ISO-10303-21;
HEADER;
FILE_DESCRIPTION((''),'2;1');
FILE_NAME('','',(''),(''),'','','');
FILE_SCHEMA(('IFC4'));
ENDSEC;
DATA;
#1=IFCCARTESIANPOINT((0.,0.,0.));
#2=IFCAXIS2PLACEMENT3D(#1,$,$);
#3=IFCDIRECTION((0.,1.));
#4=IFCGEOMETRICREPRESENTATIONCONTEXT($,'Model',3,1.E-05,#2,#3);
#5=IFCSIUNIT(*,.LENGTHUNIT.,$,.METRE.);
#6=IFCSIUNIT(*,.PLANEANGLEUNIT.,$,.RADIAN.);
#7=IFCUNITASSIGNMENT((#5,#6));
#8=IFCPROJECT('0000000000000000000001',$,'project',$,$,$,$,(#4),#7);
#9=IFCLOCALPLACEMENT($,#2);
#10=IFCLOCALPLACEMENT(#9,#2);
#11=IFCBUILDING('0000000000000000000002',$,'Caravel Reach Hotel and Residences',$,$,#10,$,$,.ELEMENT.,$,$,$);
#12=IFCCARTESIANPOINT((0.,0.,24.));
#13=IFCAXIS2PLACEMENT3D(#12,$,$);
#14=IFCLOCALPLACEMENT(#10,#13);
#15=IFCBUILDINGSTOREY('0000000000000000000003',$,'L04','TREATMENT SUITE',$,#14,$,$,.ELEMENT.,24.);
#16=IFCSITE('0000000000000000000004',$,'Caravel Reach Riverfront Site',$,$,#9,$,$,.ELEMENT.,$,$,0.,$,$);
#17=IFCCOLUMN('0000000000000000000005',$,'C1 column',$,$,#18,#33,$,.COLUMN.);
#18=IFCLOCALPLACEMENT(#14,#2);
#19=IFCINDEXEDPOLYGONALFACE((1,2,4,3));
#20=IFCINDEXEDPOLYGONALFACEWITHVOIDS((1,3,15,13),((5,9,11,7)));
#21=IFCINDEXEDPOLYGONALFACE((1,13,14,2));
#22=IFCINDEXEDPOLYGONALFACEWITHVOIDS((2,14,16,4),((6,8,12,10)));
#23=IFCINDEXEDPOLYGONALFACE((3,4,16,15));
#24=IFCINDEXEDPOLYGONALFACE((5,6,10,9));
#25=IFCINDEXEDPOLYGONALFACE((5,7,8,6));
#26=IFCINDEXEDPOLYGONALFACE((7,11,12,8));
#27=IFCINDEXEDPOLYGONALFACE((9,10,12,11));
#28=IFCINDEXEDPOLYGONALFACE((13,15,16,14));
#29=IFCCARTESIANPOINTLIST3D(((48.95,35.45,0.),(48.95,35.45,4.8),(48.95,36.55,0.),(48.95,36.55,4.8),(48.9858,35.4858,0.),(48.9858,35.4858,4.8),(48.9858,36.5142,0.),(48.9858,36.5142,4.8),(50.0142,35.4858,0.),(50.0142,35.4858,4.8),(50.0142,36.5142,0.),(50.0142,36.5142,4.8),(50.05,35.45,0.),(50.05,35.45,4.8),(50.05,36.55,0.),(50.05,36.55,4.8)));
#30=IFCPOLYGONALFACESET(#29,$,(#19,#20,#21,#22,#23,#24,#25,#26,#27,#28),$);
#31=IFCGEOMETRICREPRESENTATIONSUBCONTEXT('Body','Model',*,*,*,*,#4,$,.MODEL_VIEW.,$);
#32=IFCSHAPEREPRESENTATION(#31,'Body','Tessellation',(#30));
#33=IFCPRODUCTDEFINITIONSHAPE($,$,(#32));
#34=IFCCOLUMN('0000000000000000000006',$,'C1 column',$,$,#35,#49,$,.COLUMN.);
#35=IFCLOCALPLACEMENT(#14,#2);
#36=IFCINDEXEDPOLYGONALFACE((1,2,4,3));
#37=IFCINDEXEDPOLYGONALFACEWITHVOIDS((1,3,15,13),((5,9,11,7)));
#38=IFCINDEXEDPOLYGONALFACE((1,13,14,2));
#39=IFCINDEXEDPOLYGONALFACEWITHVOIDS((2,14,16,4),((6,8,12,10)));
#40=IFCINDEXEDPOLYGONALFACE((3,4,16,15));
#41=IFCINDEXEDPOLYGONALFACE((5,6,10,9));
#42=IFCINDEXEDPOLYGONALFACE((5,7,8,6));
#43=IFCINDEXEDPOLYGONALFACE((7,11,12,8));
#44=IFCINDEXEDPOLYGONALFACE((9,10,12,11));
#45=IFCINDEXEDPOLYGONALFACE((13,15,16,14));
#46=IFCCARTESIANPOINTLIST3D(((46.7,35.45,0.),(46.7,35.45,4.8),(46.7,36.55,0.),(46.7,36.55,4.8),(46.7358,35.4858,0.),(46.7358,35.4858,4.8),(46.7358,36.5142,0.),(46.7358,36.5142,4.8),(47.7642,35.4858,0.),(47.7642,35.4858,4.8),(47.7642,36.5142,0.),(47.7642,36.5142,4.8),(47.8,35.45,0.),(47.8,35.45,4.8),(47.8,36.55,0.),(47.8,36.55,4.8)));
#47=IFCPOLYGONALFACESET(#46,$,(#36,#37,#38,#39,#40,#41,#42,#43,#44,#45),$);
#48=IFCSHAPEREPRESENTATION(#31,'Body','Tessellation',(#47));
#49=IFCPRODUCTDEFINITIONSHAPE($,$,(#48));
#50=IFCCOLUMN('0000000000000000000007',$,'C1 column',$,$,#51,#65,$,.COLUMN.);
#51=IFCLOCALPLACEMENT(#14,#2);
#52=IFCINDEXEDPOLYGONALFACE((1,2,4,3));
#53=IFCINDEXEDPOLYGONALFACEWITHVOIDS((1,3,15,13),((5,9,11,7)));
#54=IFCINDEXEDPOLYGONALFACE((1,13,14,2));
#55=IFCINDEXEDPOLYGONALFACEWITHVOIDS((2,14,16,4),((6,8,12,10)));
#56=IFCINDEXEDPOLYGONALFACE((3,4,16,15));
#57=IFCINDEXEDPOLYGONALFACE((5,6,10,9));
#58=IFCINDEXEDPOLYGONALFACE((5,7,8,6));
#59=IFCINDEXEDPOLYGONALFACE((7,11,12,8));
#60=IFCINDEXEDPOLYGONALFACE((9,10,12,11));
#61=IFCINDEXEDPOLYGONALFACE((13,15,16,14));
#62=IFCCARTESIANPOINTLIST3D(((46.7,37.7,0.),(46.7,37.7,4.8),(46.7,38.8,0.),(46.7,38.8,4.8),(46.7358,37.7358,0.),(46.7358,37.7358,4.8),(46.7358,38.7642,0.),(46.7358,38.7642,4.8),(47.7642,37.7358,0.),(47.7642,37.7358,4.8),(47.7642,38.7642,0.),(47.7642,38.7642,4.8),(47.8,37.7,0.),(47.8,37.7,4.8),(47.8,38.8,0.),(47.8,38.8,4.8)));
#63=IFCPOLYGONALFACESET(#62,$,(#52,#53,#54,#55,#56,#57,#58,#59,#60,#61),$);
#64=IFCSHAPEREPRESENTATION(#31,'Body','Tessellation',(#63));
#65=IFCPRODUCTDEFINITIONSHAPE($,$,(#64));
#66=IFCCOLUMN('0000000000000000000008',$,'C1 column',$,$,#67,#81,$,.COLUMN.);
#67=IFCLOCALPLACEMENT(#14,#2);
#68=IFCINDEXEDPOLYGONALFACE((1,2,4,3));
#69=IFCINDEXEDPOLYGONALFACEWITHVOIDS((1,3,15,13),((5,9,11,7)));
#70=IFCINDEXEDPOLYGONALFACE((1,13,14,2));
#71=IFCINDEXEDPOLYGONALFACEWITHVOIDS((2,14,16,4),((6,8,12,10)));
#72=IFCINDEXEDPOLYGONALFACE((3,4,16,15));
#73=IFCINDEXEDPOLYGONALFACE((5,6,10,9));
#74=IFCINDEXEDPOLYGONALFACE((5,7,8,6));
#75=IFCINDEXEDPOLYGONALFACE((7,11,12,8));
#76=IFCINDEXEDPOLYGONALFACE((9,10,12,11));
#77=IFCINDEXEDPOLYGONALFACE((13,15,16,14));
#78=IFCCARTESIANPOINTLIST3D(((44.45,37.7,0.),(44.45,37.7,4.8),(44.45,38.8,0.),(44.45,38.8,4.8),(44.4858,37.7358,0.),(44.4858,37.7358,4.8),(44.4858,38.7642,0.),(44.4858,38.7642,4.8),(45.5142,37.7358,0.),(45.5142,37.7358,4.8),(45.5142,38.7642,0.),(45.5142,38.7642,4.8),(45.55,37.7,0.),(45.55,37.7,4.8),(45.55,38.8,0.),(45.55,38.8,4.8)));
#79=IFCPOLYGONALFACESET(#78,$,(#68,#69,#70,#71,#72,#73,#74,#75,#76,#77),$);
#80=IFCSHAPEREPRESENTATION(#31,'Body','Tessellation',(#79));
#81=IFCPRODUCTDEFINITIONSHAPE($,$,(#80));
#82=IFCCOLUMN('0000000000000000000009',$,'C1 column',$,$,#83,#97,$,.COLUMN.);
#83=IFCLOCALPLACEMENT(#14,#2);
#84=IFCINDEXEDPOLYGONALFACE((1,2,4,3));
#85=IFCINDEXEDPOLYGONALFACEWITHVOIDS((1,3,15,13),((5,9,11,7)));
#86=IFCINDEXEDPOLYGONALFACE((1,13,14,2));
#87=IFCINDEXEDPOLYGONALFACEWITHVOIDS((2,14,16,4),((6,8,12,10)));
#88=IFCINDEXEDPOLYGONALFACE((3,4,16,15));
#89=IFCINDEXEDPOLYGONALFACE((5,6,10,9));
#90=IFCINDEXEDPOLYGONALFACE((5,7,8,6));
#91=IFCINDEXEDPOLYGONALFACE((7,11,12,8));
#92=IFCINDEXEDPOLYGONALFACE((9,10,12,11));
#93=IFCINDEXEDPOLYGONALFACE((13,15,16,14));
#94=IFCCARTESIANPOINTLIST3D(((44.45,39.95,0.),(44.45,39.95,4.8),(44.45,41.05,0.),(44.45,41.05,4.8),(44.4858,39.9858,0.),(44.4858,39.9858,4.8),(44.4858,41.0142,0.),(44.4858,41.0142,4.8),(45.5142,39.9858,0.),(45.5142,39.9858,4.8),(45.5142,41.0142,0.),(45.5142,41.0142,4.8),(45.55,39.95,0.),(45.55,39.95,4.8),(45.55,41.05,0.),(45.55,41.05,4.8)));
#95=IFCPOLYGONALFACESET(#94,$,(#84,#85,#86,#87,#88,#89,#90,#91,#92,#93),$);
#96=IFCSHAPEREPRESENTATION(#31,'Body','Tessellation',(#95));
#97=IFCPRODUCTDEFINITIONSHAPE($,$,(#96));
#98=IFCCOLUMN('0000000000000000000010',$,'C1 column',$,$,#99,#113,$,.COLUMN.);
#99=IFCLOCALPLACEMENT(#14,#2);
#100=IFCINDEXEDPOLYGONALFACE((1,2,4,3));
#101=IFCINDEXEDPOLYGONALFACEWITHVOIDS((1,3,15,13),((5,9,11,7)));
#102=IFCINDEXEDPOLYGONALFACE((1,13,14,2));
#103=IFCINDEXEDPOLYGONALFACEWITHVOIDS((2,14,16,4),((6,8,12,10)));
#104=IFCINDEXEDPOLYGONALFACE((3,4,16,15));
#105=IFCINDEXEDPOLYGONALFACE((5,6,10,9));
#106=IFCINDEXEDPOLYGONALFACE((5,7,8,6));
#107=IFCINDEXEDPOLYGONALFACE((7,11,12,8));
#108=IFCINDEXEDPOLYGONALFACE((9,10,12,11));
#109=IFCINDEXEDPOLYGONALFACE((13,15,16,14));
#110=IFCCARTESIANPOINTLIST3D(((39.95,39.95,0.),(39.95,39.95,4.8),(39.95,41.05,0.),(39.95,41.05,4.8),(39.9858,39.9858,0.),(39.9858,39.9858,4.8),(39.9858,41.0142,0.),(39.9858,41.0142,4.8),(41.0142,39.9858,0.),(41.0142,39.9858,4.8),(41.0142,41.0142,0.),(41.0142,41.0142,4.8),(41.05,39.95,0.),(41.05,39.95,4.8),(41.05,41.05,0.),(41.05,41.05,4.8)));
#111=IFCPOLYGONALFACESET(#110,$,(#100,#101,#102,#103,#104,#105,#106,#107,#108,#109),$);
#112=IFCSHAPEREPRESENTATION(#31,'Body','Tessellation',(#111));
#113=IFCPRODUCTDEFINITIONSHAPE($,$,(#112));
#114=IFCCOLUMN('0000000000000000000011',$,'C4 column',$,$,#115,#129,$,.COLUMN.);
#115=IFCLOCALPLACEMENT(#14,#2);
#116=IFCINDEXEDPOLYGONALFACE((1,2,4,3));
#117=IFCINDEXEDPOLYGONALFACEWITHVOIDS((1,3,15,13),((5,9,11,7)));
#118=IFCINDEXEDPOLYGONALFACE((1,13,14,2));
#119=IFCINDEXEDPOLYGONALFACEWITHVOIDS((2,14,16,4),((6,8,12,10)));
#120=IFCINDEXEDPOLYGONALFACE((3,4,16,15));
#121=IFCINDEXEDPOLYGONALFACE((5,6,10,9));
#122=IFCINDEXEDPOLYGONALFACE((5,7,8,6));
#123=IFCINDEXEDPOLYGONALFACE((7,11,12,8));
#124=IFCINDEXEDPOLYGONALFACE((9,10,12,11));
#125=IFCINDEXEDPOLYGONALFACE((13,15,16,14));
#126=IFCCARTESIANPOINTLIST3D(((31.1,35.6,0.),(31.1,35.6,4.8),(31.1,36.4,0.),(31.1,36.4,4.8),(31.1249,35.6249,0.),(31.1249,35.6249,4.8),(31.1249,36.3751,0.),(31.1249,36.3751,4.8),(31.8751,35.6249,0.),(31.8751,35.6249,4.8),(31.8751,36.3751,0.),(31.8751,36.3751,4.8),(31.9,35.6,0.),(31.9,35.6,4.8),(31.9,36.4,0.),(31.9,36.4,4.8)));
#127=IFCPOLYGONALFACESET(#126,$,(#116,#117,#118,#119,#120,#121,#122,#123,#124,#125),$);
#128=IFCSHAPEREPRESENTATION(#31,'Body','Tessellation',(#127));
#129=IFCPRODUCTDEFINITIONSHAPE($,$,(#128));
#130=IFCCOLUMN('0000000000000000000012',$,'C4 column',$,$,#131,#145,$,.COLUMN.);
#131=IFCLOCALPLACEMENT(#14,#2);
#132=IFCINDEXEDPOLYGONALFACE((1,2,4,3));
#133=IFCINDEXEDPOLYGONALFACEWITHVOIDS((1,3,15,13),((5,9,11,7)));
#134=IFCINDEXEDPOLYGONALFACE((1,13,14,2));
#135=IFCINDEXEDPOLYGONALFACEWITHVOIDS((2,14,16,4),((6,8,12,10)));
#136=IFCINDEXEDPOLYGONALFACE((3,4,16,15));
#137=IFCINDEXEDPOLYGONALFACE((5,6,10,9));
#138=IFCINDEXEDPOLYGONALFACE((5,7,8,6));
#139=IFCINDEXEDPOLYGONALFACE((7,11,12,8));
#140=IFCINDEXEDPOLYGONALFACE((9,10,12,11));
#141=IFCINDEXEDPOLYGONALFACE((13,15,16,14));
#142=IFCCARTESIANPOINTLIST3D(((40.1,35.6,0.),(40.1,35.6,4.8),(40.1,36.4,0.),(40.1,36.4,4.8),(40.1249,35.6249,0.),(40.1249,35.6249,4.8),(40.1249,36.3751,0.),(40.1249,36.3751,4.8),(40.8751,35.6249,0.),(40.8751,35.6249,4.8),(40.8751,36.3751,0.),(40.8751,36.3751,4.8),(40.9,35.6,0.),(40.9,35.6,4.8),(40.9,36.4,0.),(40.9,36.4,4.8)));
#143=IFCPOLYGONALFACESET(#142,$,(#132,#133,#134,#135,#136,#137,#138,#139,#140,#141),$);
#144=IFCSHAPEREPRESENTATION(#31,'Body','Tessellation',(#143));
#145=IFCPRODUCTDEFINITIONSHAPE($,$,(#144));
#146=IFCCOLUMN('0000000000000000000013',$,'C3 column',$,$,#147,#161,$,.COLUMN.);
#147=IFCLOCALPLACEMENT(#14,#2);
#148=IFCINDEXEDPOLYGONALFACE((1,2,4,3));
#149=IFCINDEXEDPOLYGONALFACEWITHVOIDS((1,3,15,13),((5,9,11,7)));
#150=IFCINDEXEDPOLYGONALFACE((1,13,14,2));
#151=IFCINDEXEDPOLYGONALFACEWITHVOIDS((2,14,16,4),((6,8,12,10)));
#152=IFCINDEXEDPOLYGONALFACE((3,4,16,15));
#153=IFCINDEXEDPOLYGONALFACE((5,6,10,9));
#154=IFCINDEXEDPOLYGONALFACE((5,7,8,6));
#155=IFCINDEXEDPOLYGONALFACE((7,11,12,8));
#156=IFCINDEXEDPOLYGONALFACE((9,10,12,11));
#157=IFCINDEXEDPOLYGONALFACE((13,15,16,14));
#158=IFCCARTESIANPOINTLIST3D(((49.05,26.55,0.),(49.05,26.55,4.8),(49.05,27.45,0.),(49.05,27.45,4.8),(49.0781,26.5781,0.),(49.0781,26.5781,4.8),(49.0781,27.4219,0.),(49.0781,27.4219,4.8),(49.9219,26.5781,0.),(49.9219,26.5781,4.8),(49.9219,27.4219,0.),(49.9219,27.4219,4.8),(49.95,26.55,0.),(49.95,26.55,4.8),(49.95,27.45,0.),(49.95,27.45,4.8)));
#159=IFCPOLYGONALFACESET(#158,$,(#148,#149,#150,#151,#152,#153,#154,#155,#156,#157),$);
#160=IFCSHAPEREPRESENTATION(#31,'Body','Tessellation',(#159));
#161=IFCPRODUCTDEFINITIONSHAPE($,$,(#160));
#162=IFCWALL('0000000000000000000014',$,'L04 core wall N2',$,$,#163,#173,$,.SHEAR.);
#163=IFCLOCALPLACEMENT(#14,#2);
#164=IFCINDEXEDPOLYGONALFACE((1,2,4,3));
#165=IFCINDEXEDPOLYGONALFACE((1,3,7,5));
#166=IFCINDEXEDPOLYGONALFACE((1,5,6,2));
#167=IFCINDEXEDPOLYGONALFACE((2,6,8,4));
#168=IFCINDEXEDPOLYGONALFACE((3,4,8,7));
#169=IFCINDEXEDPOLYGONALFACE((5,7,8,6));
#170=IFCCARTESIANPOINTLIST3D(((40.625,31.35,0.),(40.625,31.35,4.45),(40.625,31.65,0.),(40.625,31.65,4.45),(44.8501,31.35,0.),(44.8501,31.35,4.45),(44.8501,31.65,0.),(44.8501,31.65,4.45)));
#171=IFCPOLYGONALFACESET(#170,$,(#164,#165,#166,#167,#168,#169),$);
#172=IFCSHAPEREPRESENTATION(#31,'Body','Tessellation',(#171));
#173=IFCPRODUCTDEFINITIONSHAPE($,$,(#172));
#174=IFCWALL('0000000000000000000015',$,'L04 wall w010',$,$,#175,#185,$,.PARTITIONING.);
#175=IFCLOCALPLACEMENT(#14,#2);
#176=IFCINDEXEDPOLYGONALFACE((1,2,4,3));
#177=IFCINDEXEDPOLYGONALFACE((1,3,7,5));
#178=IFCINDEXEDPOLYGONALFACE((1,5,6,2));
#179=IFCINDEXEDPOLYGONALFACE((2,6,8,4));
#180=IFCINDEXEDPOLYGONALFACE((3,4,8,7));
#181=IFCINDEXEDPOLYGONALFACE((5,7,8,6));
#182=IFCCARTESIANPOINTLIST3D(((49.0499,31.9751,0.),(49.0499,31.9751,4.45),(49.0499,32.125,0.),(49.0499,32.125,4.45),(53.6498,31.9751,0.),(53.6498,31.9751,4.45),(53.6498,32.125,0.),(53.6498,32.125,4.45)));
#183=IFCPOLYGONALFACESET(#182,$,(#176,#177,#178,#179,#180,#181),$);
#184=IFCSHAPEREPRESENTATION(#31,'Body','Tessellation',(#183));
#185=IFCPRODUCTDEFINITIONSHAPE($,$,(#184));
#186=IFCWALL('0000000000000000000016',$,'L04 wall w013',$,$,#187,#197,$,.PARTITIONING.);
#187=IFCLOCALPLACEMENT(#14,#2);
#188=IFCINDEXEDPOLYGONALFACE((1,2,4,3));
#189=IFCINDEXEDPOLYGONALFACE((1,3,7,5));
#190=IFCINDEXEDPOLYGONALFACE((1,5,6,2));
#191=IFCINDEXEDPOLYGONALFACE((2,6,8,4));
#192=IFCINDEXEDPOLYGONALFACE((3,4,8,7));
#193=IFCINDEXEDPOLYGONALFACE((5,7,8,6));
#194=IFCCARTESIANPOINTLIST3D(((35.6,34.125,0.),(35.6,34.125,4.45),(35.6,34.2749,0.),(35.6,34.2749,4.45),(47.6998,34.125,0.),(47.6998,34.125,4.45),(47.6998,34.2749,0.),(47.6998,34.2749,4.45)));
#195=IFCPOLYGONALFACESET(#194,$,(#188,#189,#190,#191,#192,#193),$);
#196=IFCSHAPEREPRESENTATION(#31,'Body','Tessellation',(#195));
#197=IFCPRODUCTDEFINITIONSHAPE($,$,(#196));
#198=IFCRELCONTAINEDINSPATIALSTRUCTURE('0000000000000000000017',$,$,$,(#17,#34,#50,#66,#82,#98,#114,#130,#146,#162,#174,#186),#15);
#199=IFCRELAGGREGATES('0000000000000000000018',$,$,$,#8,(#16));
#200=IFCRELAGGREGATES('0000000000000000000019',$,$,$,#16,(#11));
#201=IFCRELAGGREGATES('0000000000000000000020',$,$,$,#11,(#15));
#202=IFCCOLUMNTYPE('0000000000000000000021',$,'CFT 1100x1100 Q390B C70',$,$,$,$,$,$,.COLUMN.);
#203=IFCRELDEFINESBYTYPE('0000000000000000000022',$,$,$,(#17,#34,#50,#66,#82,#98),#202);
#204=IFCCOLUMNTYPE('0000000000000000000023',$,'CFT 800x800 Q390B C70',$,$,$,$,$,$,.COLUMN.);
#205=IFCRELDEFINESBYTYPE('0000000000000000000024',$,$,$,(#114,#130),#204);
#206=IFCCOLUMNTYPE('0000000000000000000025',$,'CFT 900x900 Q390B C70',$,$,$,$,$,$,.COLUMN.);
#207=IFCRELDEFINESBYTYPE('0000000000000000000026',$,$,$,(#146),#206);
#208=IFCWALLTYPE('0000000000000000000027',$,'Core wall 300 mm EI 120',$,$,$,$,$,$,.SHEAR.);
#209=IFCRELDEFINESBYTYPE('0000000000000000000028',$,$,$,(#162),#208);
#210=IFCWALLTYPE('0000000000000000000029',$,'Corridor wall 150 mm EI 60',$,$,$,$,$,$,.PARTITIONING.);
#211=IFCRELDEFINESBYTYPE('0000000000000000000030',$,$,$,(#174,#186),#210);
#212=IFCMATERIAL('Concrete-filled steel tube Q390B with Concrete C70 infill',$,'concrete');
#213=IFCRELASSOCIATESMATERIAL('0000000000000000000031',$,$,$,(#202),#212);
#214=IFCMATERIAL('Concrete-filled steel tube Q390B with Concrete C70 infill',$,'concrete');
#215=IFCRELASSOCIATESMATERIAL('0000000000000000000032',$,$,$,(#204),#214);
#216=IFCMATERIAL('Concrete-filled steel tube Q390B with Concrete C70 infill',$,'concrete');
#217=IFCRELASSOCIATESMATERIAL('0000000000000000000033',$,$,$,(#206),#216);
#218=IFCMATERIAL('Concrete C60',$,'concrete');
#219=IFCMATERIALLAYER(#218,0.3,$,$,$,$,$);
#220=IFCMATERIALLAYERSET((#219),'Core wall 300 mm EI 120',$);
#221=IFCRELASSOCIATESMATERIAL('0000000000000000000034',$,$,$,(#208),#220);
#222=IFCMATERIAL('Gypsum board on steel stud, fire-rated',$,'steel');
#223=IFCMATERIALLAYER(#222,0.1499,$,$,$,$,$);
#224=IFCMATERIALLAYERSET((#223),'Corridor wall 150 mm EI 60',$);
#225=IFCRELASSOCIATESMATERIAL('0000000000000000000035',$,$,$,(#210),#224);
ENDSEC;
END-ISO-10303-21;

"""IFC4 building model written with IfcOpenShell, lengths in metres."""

from ifc_helpers import new_model, si_unit, direction, frame, frame_2d, origin, origin_2d, place, context, subcontext, project, spatial, rectangle, hollow_rectangle, extrude, material, layer, layer_set, material_profile, profile_set, type_object, element, save


model = new_model("IFC4")

# Units and contexts
model_context = context("Model", 3, precision=1e-05, world=origin(), true_north=direction((0.0, 1.0)))
body_context = subcontext(model_context, "Body", "Model", "MODEL_VIEW")
ifc_project = project(units=[si_unit("LENGTHUNIT", "METRE"), si_unit("PLANEANGLEUNIT", "RADIAN")], contexts=[model_context])

# Site, building, storey
site_placement = place(None, origin())
site = spatial("IfcSite", under=ifc_project, at=site_placement, Name="Caravel Reach Riverfront Site", CompositionType="ELEMENT", RefElevation=0.0)
building_placement = place(site_placement, origin())
building = spatial("IfcBuilding", under=site, at=building_placement, Name="Caravel Reach Hotel and Residences", CompositionType="ELEMENT")
storey_placement = place(building_placement, frame((0.0, 0.0, 24.0)))
storey = spatial("IfcBuildingStorey", under=building, at=storey_placement, Name="L04", Description="TREATMENT SUITE", CompositionType="ELEMENT", Elevation=24.0)

# Columns
ifc_material_1 = material(Name="Concrete-filled steel tube Q390B with Concrete C70 infill", Category="concrete")
ifc_material_profile_1 = material_profile(ifc_material_1, hollow_rectangle(XDim=1.1001, YDim=1.1001, WallThickness=0.0359, at=origin_2d()), Name="RHS 1100x1100x36")
ifc_profile_set_1 = profile_set([ifc_material_profile_1], Name="Concrete-filled steel tube Q390B with Concrete C70 infill")
column_type_1 = type_object("IfcColumnType", Name="CFT 1100x1100 Q390B C70", PredefinedType="COLUMN", material=ifc_profile_set_1)
for number, where, z_axis, x_axis, name in (
    (1, (49.5, 36.0, 0.0), (0.0, 0.0, 1.0), (1.0, 0.0, 0.0), "C1 column"),
    (2, (47.25, 36.0, 0.0), (0.0, 0.0, 1.0), (1.0, 0.0, 0.0), "C1 column"),
    (3, (47.25, 38.25, 0.0), (0.0, 0.0, 1.0), (1.0, 0.0, 0.0), "C1 column"),
    (4, (45.0, 38.25, 0.0), (0.0, 0.0, 1.0), (1.0, 0.0, 0.0), "C1 column"),
    (5, (45.0, 40.5, 0.0), (0.0, 0.0, 1.0), (1.0, 0.0, 0.0), "C1 column"),
    (6, (40.5, 40.5, 0.0), (0.0, 0.0, 1.0), (1.0, 0.0, 0.0), "C1 column"),
):
    element("IfcColumn", number, at=place(storey_placement, frame(where, z_axis=z_axis, x_axis=x_axis)), inside=storey, type_object=column_type_1, Name=name, PredefinedType="COLUMN", context=body_context, shape_type="SweptSolid", body=[
        extrude(hollow_rectangle(XDim=1.1001, YDim=1.1001, WallThickness=0.0359, at=origin_2d()), origin(), (0.0, 0.0, 1.0), 4.8),
    ])
ifc_material_2 = material(Name="Concrete-filled steel tube Q390B with Concrete C70 infill", Category="concrete")
ifc_material_profile_2 = material_profile(ifc_material_2, hollow_rectangle(XDim=0.8, YDim=0.8, WallThickness=0.0249, at=origin_2d()), Name="RHS 800x800x25")
ifc_profile_set_2 = profile_set([ifc_material_profile_2], Name="Concrete-filled steel tube Q390B with Concrete C70 infill")
column_type_2 = type_object("IfcColumnType", Name="CFT 800x800 Q390B C70", PredefinedType="COLUMN", material=ifc_profile_set_2)
for number, where, z_axis, x_axis, name in (
    (7, (31.5, 36.0, 0.0), (0.0, 0.0, 1.0), (1.0, 0.0, 0.0), "C4 column"),
    (8, (40.5, 36.0, 0.0), (0.0, 0.0, 1.0), (1.0, 0.0, 0.0), "C4 column"),
):
    element("IfcColumn", number, at=place(storey_placement, frame(where, z_axis=z_axis, x_axis=x_axis)), inside=storey, type_object=column_type_2, Name=name, PredefinedType="COLUMN", context=body_context, shape_type="SweptSolid", body=[
        extrude(hollow_rectangle(XDim=0.8, YDim=0.8, WallThickness=0.0249, at=origin_2d()), origin(), (0.0, 0.0, 1.0), 4.8),
    ])
ifc_material_3 = material(Name="Concrete-filled steel tube Q390B with Concrete C70 infill", Category="concrete")
ifc_material_profile_3 = material_profile(ifc_material_3, hollow_rectangle(XDim=0.8999, YDim=0.8999, WallThickness=0.0281, at=origin_2d()), Name="RHS 900x900x28")
ifc_profile_set_3 = profile_set([ifc_material_profile_3], Name="Concrete-filled steel tube Q390B with Concrete C70 infill")
column_type_3 = type_object("IfcColumnType", Name="CFT 900x900 Q390B C70", PredefinedType="COLUMN", material=ifc_profile_set_3)
column_placement = place(storey_placement, frame((49.5, 27.0, 0.0), z_axis=(0.0, 0.0, 1.0), x_axis=(1.0, 0.0, 0.0)))
element("IfcColumn", 9, at=column_placement, inside=storey, type_object=column_type_3, Name="C3 column", PredefinedType="COLUMN", context=body_context, shape_type="SweptSolid", body=[
    extrude(hollow_rectangle(XDim=0.8999, YDim=0.8999, WallThickness=0.0281, at=origin_2d()), origin(), (0.0, 0.0, 1.0), 4.8),
])

# Walls
ifc_material_4 = material(Name="Concrete C60", Category="concrete")
ifc_layer_1 = layer(ifc_material_4, 0.3)
ifc_layer_set_1 = layer_set([ifc_layer_1], Name="Core wall 300 mm EI 120")
wall_type_1 = type_object("IfcWallType", Name="Core wall 300 mm EI 120", PredefinedType="SHEAR", material=ifc_layer_set_1)
wall_1_placement = place(storey_placement, frame((40.625, 31.5, 0.0), z_axis=(0.0, 0.0, 1.0), x_axis=(1.0, 0.0, 0.0)))
element("IfcWall", 10, at=wall_1_placement, inside=storey, type_object=wall_type_1, Name="L04 core wall N2", PredefinedType="SHEAR", context=body_context, shape_type="SweptSolid", body=[
    extrude(rectangle(XDim=4.2251, YDim=0.3, at=frame_2d((2.1125, 0.0))), origin(), (0.0, 0.0, 1.0), 4.45),
])
ifc_material_5 = material(Name="Gypsum board on steel stud, fire-rated", Category="steel")
ifc_layer_2 = layer(ifc_material_5, 0.1499)
ifc_layer_set_2 = layer_set([ifc_layer_2], Name="Corridor wall 150 mm EI 60")
wall_type_2 = type_object("IfcWallType", Name="Corridor wall 150 mm EI 60", PredefinedType="PARTITIONING", material=ifc_layer_set_2)
wall_2_placement = place(storey_placement, frame((49.05, 32.05, 0.0), z_axis=(0.0, 0.0, 1.0), x_axis=(1.0, 0.0, 0.0)))
element("IfcWall", 11, at=wall_2_placement, inside=storey, type_object=wall_type_2, Name="L04 wall w010", PredefinedType="PARTITIONING", context=body_context, shape_type="SweptSolid", body=[
    extrude(rectangle(XDim=4.5999, YDim=0.1499, at=frame_2d((2.2998, 0.0))), origin(), (0.0, 0.0, 1.0), 4.45),
])
wall_3_placement = place(storey_placement, frame((35.6001, 34.2, 0.0), z_axis=(0.0, 0.0, 1.0), x_axis=(1.0, 0.0, 0.0)))
element("IfcWall", 12, at=wall_3_placement, inside=storey, type_object=wall_type_2, Name="L04 wall w013", PredefinedType="PARTITIONING", context=body_context, shape_type="SweptSolid", body=[
    extrude(rectangle(XDim=12.0999, YDim=0.1499, at=frame_2d((6.0498, 0.0))), origin(), (0.0, 0.0, 1.0), 4.45),
])

save(model, "model.ifc")
